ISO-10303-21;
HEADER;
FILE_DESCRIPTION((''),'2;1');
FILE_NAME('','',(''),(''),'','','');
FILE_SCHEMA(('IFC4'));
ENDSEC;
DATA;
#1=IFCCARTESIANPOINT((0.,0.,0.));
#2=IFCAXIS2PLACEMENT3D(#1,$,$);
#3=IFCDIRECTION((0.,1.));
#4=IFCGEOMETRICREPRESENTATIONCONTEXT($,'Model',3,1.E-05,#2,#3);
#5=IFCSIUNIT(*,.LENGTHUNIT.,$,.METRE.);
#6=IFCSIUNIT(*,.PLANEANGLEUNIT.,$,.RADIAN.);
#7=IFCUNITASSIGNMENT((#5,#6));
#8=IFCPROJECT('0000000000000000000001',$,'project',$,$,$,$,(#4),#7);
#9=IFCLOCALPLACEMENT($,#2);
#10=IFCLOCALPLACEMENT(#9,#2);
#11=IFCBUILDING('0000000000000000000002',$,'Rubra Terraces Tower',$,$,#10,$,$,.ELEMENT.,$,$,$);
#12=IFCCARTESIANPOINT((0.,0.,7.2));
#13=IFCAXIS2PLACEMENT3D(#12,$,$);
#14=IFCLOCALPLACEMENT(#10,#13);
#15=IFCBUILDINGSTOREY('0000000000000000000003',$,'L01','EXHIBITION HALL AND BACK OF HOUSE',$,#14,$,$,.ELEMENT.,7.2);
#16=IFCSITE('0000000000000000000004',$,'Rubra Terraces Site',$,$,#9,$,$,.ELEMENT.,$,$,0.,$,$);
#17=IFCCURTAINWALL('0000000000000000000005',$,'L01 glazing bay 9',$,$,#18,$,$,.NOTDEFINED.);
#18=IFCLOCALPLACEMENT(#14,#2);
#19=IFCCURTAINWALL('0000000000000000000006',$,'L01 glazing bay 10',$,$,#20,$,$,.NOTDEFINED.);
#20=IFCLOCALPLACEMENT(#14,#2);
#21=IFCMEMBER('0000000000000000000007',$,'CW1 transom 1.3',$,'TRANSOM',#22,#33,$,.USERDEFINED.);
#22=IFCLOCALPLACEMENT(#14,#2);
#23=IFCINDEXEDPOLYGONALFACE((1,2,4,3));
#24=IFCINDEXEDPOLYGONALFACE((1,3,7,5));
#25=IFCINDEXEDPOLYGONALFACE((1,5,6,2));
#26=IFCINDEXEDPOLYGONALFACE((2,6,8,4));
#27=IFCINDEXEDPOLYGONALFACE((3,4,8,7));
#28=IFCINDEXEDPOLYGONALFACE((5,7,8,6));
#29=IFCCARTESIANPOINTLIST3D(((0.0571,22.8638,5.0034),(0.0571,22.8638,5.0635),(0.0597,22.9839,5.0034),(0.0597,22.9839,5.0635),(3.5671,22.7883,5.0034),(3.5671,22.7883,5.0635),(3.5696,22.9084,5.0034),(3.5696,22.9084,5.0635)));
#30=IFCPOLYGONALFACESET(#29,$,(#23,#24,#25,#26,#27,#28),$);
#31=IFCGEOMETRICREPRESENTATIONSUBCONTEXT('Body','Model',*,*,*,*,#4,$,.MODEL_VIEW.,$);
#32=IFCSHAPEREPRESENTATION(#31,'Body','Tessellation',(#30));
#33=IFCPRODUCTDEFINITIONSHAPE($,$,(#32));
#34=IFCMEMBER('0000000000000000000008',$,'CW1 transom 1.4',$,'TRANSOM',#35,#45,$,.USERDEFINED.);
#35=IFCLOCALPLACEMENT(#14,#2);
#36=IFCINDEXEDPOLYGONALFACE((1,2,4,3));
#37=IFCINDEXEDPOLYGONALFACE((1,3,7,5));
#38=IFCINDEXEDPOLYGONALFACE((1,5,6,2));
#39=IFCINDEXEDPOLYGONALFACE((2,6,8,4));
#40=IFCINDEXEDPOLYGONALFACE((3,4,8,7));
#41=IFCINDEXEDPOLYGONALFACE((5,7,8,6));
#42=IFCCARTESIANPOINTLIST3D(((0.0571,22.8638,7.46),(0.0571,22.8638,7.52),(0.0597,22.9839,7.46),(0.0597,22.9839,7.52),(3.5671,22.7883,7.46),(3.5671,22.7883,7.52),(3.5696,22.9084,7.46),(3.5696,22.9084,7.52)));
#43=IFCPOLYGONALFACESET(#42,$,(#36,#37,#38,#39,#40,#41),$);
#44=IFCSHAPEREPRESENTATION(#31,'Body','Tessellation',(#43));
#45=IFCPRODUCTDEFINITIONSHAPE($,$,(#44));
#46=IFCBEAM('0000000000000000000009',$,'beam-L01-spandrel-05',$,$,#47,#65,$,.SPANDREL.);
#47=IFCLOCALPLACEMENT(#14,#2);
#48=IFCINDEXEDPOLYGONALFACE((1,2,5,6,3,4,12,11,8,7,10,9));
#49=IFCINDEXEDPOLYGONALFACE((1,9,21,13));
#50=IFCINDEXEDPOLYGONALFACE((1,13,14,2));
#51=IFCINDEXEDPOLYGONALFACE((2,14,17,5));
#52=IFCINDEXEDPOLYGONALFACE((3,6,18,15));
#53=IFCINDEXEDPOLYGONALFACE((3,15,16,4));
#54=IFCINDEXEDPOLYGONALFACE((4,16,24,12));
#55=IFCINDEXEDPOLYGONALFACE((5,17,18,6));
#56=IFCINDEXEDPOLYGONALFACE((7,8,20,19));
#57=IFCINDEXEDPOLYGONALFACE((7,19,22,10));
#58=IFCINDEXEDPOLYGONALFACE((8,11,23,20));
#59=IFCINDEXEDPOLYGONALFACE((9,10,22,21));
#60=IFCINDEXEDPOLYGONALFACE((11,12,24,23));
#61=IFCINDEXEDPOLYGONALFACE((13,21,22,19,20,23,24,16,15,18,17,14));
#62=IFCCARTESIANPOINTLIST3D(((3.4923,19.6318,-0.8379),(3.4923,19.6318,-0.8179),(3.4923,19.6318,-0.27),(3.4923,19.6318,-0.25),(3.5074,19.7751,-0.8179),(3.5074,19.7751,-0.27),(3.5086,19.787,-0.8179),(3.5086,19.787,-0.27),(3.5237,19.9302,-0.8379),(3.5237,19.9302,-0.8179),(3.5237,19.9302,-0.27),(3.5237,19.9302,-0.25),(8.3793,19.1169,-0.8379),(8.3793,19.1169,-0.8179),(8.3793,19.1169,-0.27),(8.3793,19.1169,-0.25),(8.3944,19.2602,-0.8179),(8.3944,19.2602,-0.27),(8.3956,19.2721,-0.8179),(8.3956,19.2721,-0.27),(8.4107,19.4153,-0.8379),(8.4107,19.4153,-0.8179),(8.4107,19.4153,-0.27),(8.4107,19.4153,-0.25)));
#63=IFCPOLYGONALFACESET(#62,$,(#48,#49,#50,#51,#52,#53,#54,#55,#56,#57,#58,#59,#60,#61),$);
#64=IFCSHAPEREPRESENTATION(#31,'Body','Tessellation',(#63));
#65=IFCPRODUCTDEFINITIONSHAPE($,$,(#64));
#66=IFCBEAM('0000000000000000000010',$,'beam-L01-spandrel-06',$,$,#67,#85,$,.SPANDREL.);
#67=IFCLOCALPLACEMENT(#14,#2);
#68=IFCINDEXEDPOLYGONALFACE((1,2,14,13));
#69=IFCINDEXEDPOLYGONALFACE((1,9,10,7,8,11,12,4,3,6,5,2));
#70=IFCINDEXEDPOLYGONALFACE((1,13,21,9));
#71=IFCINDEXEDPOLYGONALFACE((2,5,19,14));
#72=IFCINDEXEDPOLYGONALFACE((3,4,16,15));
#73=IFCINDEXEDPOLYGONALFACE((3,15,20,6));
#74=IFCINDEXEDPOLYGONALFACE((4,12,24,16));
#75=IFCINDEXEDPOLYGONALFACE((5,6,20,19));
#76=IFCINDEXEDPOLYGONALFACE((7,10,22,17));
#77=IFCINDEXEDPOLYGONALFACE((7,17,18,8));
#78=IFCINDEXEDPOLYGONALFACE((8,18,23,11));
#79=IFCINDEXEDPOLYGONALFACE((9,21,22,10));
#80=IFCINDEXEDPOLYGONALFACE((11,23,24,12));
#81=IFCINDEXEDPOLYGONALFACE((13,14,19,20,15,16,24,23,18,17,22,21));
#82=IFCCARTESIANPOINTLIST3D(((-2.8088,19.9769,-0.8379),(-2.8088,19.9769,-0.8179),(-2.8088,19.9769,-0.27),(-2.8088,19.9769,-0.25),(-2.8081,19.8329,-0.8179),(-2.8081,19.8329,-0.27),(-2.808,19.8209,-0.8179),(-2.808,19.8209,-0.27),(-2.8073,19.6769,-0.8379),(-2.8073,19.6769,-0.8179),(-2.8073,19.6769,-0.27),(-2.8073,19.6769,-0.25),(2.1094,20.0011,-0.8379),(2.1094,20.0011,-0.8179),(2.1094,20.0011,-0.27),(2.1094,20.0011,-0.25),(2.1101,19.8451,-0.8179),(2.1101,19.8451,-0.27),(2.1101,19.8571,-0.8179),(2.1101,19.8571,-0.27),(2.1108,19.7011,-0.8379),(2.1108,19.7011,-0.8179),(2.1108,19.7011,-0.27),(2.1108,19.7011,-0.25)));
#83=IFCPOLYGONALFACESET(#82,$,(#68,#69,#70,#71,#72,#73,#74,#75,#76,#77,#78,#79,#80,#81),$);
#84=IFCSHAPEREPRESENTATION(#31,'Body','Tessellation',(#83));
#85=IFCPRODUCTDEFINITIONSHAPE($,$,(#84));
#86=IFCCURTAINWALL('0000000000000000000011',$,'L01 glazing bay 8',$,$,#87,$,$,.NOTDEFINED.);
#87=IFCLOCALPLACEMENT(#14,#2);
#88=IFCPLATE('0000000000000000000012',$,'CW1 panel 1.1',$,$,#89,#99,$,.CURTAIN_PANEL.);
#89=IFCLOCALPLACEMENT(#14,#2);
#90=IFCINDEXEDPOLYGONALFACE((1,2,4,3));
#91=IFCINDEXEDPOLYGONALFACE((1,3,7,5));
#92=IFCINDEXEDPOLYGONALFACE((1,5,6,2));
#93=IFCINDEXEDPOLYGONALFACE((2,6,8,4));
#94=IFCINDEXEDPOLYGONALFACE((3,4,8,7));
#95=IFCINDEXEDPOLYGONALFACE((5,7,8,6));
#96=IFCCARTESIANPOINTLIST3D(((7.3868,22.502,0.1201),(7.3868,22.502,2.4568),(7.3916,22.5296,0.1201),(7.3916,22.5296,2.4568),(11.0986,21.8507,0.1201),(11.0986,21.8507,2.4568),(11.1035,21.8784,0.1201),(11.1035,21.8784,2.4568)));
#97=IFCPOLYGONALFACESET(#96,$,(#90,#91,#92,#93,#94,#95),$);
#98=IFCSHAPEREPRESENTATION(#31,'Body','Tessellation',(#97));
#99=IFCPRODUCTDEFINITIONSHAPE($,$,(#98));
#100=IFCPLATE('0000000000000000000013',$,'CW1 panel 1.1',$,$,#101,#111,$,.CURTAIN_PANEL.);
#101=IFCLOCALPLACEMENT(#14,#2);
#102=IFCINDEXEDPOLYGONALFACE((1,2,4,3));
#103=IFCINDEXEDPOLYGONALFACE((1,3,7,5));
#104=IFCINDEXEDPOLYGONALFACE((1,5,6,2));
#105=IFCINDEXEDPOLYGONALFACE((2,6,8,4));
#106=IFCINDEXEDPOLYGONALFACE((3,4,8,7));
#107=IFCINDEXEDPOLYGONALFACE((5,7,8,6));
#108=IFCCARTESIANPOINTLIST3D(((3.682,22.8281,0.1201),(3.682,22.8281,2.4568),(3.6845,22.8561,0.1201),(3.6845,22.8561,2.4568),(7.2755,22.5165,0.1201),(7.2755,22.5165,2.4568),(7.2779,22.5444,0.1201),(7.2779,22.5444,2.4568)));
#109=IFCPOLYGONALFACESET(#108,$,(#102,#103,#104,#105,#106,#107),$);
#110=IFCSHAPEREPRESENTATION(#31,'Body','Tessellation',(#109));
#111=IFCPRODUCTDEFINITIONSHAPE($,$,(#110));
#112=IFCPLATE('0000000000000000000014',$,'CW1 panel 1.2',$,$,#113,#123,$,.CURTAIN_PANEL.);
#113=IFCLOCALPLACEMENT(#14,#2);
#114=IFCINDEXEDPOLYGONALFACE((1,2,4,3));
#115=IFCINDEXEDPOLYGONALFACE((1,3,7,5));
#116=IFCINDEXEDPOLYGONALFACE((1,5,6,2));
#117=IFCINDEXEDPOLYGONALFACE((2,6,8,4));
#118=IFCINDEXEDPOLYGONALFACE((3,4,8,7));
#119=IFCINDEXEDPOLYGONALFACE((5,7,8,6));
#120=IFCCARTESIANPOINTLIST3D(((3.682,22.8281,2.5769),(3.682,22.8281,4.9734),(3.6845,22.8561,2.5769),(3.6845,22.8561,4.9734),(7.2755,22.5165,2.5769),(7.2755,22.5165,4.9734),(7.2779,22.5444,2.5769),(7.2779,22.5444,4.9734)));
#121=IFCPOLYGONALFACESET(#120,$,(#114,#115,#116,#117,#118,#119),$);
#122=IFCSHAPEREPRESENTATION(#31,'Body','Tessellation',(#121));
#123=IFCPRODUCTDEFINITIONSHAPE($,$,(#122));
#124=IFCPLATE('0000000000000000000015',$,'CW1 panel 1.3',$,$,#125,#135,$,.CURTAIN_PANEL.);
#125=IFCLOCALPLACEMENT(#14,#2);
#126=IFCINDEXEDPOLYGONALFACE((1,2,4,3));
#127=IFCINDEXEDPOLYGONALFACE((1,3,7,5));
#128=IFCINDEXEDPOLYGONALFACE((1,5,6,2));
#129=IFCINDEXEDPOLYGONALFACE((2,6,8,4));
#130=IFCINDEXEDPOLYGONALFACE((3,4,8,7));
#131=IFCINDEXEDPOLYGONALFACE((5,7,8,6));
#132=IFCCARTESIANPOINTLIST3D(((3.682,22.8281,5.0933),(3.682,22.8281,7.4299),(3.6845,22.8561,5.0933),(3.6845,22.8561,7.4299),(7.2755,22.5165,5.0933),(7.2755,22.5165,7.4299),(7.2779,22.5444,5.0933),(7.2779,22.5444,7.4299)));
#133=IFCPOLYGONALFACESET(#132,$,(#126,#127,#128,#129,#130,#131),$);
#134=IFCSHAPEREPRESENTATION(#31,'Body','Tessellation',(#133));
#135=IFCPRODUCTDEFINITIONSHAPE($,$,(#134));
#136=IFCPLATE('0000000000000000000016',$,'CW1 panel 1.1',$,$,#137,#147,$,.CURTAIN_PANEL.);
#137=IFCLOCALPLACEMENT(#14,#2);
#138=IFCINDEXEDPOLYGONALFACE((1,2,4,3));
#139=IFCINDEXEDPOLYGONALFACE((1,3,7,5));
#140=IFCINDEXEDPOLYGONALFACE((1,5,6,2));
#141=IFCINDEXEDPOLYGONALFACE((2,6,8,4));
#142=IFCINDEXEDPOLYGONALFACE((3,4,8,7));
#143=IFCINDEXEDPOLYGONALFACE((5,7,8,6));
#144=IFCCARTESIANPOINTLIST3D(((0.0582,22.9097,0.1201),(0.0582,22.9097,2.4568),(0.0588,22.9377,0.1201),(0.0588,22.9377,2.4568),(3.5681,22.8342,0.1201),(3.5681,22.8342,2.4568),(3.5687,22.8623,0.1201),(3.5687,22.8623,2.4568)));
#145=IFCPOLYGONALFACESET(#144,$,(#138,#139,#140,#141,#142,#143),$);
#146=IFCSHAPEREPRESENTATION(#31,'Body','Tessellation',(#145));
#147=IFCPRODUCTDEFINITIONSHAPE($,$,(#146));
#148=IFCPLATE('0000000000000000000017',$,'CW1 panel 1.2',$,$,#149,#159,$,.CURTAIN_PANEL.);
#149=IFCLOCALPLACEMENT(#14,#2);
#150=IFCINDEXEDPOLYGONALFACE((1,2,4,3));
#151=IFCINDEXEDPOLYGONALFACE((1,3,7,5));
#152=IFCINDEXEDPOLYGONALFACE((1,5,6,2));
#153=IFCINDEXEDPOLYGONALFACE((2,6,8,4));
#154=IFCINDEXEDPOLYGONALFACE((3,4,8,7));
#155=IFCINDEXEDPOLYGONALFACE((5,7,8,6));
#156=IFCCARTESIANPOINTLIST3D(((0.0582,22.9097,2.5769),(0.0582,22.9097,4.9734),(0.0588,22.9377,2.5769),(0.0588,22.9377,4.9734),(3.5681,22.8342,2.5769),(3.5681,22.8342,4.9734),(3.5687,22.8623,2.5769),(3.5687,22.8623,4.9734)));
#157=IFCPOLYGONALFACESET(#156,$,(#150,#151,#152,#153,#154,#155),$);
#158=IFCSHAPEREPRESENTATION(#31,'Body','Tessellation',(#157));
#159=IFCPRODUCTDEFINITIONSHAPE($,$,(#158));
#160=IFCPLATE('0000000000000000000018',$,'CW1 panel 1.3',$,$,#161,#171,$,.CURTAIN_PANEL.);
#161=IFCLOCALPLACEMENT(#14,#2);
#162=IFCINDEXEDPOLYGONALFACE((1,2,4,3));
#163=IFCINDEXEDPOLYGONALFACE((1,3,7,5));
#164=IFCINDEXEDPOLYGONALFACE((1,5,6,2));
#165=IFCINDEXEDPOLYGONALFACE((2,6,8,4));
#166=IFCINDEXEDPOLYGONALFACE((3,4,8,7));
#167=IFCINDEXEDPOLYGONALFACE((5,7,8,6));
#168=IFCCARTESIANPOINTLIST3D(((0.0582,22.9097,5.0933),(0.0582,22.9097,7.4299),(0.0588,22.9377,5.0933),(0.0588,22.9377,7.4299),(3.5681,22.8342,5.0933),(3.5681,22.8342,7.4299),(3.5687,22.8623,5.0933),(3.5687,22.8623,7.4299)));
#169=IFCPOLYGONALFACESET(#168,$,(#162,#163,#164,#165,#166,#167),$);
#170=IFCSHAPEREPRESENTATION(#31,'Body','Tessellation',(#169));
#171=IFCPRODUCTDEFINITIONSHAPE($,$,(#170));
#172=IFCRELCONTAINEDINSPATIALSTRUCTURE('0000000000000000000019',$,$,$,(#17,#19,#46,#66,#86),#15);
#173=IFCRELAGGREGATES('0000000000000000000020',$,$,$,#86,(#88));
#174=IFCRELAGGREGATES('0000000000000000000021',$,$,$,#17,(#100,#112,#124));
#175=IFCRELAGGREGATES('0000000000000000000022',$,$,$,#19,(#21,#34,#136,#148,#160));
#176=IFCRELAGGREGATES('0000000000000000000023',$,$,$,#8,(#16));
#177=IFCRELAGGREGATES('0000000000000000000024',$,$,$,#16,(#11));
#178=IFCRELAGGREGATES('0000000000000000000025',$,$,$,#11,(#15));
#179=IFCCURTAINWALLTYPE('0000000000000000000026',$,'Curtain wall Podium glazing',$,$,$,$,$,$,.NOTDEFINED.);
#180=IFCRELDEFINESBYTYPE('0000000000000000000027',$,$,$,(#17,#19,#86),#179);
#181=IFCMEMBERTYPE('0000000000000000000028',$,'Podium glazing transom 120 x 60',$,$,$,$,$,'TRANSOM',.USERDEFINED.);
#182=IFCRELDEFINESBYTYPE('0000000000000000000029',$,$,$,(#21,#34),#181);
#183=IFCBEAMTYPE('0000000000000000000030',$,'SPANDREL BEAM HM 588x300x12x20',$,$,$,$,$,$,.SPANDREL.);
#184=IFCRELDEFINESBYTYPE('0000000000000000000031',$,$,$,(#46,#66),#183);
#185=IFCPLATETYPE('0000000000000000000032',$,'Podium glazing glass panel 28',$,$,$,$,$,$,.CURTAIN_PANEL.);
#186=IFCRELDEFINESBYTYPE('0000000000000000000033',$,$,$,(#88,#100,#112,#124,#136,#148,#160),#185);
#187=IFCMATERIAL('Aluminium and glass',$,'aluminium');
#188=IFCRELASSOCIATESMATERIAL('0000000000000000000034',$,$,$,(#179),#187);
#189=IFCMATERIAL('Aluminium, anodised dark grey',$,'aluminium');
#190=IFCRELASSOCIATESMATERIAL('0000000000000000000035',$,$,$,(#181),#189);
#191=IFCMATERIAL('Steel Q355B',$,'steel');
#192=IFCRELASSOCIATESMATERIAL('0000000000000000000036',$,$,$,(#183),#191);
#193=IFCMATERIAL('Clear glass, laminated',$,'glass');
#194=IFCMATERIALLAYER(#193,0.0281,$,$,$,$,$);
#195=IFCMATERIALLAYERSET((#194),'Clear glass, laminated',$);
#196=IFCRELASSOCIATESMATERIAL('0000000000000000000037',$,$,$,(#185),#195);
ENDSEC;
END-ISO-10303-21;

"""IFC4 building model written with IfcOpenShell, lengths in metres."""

from ifc_helpers import new_model, si_unit, direction, frame, origin, origin_2d, place, context, subcontext, project, spatial, rectangle, i_section, extrude, material, layer, layer_set, material_profile, profile_set, type_object, element, aggregate, save


model = new_model("IFC4")

# Units and contexts
model_context = context("Model", 3, precision=1e-05, world=origin(), true_north=direction((0.0, 1.0)))
body_context = subcontext(model_context, "Body", "Model", "MODEL_VIEW")
ifc_project = project(units=[si_unit("LENGTHUNIT", "METRE"), si_unit("PLANEANGLEUNIT", "RADIAN")], contexts=[model_context])

# Site, building, storey
site_placement = place(None, origin())
site = spatial("IfcSite", under=ifc_project, at=site_placement, Name="Rubra Terraces Site", CompositionType="ELEMENT", RefElevation=0.0)
building_placement = place(site_placement, origin())
building = spatial("IfcBuilding", under=site, at=building_placement, Name="Rubra Terraces Tower", CompositionType="ELEMENT")
storey_placement = place(building_placement, frame((0.0, 0.0, 7.2)))
storey = spatial("IfcBuildingStorey", under=building, at=storey_placement, Name="L01", Description="EXHIBITION HALL AND BACK OF HOUSE", CompositionType="ELEMENT", Elevation=7.2)

# Shared definitions
ifc_material_1 = material(Name="Steel Q355B", Category="steel")

# Curtain walls
ifc_material_2 = material(Name="Aluminium and glass", Category="aluminium")
curtain_wall_type = type_object("IfcCurtainWallType", Name="Curtain wall Podium glazing", PredefinedType="NOTDEFINED", material=ifc_material_2)
curtain_wall_1_placement = place(storey_placement, origin())
curtain_wall_1 = element("IfcCurtainWall", 1, at=curtain_wall_1_placement, inside=storey, type_object=curtain_wall_type, Name="L01 glazing bay 9", PredefinedType="NOTDEFINED")
ifc_material_3 = material(Name="Aluminium, anodised dark grey", Category="aluminium")
curtain_wall_2_placement = place(storey_placement, origin())
curtain_wall_2 = element("IfcCurtainWall", 2, at=curtain_wall_2_placement, inside=storey, type_object=curtain_wall_type, Name="L01 glazing bay 10", PredefinedType="NOTDEFINED")

# Members
ifc_material_profile_1 = material_profile(ifc_material_3, rectangle(XDim=0.1201, YDim=0.0601, at=origin_2d()), Name="AL 120x60")
ifc_profile_set_1 = profile_set([ifc_material_profile_1], Name="Aluminium, anodised dark grey")
member_type_1 = type_object("IfcMemberType", Name="Podium glazing transom 120 x 60", ElementType="TRANSOM", PredefinedType="USERDEFINED", material=ifc_profile_set_1)
member_1_placement = place(storey_placement, frame((3.5684, 22.8484, 5.0334), z_axis=(-0.999769, 0.021488, 0.0), x_axis=(-0.021488, -0.999769, 0.0)))
member_1 = element("IfcMember", 3, at=member_1_placement, type_object=member_type_1, Name="CW1 transom 1.3", ObjectType="TRANSOM", PredefinedType="USERDEFINED", context=body_context, shape_type="SweptSolid", body=[
    extrude(rectangle(XDim=0.1201, YDim=0.0601, at=origin_2d()), origin(), (0.0, 0.0, 1.0), 3.5107),
])
member_2_placement = place(storey_placement, frame((3.5684, 22.8484, 7.49), z_axis=(-0.999769, 0.021488, 0.0), x_axis=(-0.021488, -0.999769, 0.0)))
member_2 = element("IfcMember", 4, at=member_2_placement, type_object=member_type_1, Name="CW1 transom 1.4", ObjectType="TRANSOM", PredefinedType="USERDEFINED", context=body_context, shape_type="SweptSolid", body=[
    extrude(rectangle(XDim=0.1201, YDim=0.0601, at=origin_2d()), origin(), (0.0, 0.0, 1.0), 3.5107),
])

# Beams
ifc_material_profile_2 = material_profile(ifc_material_1, i_section(OverallWidth=0.3, OverallDepth=0.5879, WebThickness=0.012, FlangeThickness=0.02, at=origin_2d()), Name="HM 588x300x12x20")
ifc_profile_set_2 = profile_set([ifc_material_profile_2], Name="Steel Q355B")
beam_type_1 = type_object("IfcBeamType", Name="SPANDREL BEAM HM 588x300x12x20", PredefinedType="SPANDREL", material=ifc_profile_set_2)
beam_1_placement = place(storey_placement, frame((8.395, 19.2661, -0.5439), z_axis=(-0.994495, 0.10478, 0.0), x_axis=(-0.10478, -0.994495, 0.0)))
element("IfcBeam", 5, at=beam_1_placement, inside=storey, type_object=beam_type_1, Name="beam-L01-spandrel-05", PredefinedType="SPANDREL", context=body_context, shape_type="SweptSolid", body=[
    extrude(i_section(OverallWidth=0.3, OverallDepth=0.5879, WebThickness=0.012, FlangeThickness=0.02, at=origin_2d()), origin(), (0.0, 0.0, 1.0), 4.9141),
])
beam_2_placement = place(storey_placement, frame((2.1101, 19.8511, -0.5439), z_axis=(-0.999988, -0.004914, 0.0), x_axis=(0.004914, -0.999988, 0.0)))
element("IfcBeam", 6, at=beam_2_placement, inside=storey, type_object=beam_type_1, Name="beam-L01-spandrel-06", PredefinedType="SPANDREL", context=body_context, shape_type="SweptSolid", body=[
    extrude(i_section(OverallWidth=0.3, OverallDepth=0.5879, WebThickness=0.012, FlangeThickness=0.02, at=origin_2d()), origin(), (0.0, 0.0, 1.0), 4.9182),
])

# Curtain wall, plate
curtain_wall_3_placement = place(storey_placement, origin())
curtain_wall_3 = element("IfcCurtainWall", 7, at=curtain_wall_3_placement, inside=storey, type_object=curtain_wall_type, Name="L01 glazing bay 8", PredefinedType="NOTDEFINED")
ifc_material_4 = material(Name="Clear glass, laminated", Category="glass")
ifc_layer = layer(ifc_material_4, 0.0281)
ifc_layer_set = layer_set([ifc_layer], Name="Clear glass, laminated")
plate_type = type_object("IfcPlateType", Name="Podium glazing glass panel 28", PredefinedType="CURTAIN_PANEL", material=ifc_layer_set)
plate_1_placement = place(storey_placement, frame((9.2451, 22.1902, 0.1201), z_axis=(0.0, 0.0, 1.0), x_axis=(-0.984954, 0.172817, 0.0)))
plate_1 = element("IfcPlate", 8, at=plate_1_placement, type_object=plate_type, Name="CW1 panel 1.1", PredefinedType="CURTAIN_PANEL", context=body_context, shape_type="SweptSolid", body=[
    extrude(rectangle(XDim=3.7686, YDim=0.0281, at=origin_2d()), origin(), (0.0, 0.0, 1.0), 2.3367),
])
aggregate(curtain_wall_3, [plate_1])

# Plates
plate_2_placement = place(storey_placement, frame((5.48, 22.6863, 0.1201), z_axis=(0.0, 0.0, 1.0), x_axis=(-0.996261, 0.086398, 0.0)))
plate_2 = element("IfcPlate", 9, at=plate_2_placement, type_object=plate_type, Name="CW1 panel 1.1", PredefinedType="CURTAIN_PANEL", context=body_context, shape_type="SweptSolid", body=[
    extrude(rectangle(XDim=3.6069, YDim=0.0281, at=origin_2d()), origin(), (0.0, 0.0, 1.0), 2.3367),
])
plate_3_placement = place(storey_placement, frame((5.48, 22.6863, 2.5769), z_axis=(0.0, 0.0, 1.0), x_axis=(-0.996261, 0.086398, 0.0)))
plate_3 = element("IfcPlate", 10, at=plate_3_placement, type_object=plate_type, Name="CW1 panel 1.2", PredefinedType="CURTAIN_PANEL", context=body_context, shape_type="SweptSolid", body=[
    extrude(rectangle(XDim=3.6069, YDim=0.0281, at=origin_2d()), origin(), (0.0, 0.0, 1.0), 2.3965),
])
plate_4_placement = place(storey_placement, frame((5.48, 22.6863, 5.0933), z_axis=(0.0, 0.0, 1.0), x_axis=(-0.996261, 0.086398, 0.0)))
plate_4 = element("IfcPlate", 11, at=plate_4_placement, type_object=plate_type, Name="CW1 panel 1.3", PredefinedType="CURTAIN_PANEL", context=body_context, shape_type="SweptSolid", body=[
    extrude(rectangle(XDim=3.6069, YDim=0.0281, at=origin_2d()), origin(), (0.0, 0.0, 1.0), 2.3367),
])
aggregate(curtain_wall_1, [plate_2, plate_3, plate_4])
plate_5_placement = place(storey_placement, frame((1.8135, 22.886, 0.1201), z_axis=(0.0, 0.0, 1.0), x_axis=(-0.999769, 0.021483, 0.0)))
plate_5 = element("IfcPlate", 12, at=plate_5_placement, type_object=plate_type, Name="CW1 panel 1.1", PredefinedType="CURTAIN_PANEL", context=body_context, shape_type="SweptSolid", body=[
    extrude(rectangle(XDim=3.5107, YDim=0.0281, at=origin_2d()), origin(), (0.0, 0.0, 1.0), 2.3367),
])
plate_6_placement = place(storey_placement, frame((1.8135, 22.886, 2.5769), z_axis=(0.0, 0.0, 1.0), x_axis=(-0.999769, 0.021483, 0.0)))
plate_6 = element("IfcPlate", 13, at=plate_6_placement, type_object=plate_type, Name="CW1 panel 1.2", PredefinedType="CURTAIN_PANEL", context=body_context, shape_type="SweptSolid", body=[
    extrude(rectangle(XDim=3.5107, YDim=0.0281, at=origin_2d()), origin(), (0.0, 0.0, 1.0), 2.3965),
])
plate_7_placement = place(storey_placement, frame((1.8135, 22.886, 5.0933), z_axis=(0.0, 0.0, 1.0), x_axis=(-0.999769, 0.021483, 0.0)))
plate_7 = element("IfcPlate", 14, at=plate_7_placement, type_object=plate_type, Name="CW1 panel 1.3", PredefinedType="CURTAIN_PANEL", context=body_context, shape_type="SweptSolid", body=[
    extrude(rectangle(XDim=3.5107, YDim=0.0281, at=origin_2d()), origin(), (0.0, 0.0, 1.0), 2.3367),
])
aggregate(curtain_wall_2, [member_1, member_2, plate_5, plate_6, plate_7])

save(model, "model.ifc")
